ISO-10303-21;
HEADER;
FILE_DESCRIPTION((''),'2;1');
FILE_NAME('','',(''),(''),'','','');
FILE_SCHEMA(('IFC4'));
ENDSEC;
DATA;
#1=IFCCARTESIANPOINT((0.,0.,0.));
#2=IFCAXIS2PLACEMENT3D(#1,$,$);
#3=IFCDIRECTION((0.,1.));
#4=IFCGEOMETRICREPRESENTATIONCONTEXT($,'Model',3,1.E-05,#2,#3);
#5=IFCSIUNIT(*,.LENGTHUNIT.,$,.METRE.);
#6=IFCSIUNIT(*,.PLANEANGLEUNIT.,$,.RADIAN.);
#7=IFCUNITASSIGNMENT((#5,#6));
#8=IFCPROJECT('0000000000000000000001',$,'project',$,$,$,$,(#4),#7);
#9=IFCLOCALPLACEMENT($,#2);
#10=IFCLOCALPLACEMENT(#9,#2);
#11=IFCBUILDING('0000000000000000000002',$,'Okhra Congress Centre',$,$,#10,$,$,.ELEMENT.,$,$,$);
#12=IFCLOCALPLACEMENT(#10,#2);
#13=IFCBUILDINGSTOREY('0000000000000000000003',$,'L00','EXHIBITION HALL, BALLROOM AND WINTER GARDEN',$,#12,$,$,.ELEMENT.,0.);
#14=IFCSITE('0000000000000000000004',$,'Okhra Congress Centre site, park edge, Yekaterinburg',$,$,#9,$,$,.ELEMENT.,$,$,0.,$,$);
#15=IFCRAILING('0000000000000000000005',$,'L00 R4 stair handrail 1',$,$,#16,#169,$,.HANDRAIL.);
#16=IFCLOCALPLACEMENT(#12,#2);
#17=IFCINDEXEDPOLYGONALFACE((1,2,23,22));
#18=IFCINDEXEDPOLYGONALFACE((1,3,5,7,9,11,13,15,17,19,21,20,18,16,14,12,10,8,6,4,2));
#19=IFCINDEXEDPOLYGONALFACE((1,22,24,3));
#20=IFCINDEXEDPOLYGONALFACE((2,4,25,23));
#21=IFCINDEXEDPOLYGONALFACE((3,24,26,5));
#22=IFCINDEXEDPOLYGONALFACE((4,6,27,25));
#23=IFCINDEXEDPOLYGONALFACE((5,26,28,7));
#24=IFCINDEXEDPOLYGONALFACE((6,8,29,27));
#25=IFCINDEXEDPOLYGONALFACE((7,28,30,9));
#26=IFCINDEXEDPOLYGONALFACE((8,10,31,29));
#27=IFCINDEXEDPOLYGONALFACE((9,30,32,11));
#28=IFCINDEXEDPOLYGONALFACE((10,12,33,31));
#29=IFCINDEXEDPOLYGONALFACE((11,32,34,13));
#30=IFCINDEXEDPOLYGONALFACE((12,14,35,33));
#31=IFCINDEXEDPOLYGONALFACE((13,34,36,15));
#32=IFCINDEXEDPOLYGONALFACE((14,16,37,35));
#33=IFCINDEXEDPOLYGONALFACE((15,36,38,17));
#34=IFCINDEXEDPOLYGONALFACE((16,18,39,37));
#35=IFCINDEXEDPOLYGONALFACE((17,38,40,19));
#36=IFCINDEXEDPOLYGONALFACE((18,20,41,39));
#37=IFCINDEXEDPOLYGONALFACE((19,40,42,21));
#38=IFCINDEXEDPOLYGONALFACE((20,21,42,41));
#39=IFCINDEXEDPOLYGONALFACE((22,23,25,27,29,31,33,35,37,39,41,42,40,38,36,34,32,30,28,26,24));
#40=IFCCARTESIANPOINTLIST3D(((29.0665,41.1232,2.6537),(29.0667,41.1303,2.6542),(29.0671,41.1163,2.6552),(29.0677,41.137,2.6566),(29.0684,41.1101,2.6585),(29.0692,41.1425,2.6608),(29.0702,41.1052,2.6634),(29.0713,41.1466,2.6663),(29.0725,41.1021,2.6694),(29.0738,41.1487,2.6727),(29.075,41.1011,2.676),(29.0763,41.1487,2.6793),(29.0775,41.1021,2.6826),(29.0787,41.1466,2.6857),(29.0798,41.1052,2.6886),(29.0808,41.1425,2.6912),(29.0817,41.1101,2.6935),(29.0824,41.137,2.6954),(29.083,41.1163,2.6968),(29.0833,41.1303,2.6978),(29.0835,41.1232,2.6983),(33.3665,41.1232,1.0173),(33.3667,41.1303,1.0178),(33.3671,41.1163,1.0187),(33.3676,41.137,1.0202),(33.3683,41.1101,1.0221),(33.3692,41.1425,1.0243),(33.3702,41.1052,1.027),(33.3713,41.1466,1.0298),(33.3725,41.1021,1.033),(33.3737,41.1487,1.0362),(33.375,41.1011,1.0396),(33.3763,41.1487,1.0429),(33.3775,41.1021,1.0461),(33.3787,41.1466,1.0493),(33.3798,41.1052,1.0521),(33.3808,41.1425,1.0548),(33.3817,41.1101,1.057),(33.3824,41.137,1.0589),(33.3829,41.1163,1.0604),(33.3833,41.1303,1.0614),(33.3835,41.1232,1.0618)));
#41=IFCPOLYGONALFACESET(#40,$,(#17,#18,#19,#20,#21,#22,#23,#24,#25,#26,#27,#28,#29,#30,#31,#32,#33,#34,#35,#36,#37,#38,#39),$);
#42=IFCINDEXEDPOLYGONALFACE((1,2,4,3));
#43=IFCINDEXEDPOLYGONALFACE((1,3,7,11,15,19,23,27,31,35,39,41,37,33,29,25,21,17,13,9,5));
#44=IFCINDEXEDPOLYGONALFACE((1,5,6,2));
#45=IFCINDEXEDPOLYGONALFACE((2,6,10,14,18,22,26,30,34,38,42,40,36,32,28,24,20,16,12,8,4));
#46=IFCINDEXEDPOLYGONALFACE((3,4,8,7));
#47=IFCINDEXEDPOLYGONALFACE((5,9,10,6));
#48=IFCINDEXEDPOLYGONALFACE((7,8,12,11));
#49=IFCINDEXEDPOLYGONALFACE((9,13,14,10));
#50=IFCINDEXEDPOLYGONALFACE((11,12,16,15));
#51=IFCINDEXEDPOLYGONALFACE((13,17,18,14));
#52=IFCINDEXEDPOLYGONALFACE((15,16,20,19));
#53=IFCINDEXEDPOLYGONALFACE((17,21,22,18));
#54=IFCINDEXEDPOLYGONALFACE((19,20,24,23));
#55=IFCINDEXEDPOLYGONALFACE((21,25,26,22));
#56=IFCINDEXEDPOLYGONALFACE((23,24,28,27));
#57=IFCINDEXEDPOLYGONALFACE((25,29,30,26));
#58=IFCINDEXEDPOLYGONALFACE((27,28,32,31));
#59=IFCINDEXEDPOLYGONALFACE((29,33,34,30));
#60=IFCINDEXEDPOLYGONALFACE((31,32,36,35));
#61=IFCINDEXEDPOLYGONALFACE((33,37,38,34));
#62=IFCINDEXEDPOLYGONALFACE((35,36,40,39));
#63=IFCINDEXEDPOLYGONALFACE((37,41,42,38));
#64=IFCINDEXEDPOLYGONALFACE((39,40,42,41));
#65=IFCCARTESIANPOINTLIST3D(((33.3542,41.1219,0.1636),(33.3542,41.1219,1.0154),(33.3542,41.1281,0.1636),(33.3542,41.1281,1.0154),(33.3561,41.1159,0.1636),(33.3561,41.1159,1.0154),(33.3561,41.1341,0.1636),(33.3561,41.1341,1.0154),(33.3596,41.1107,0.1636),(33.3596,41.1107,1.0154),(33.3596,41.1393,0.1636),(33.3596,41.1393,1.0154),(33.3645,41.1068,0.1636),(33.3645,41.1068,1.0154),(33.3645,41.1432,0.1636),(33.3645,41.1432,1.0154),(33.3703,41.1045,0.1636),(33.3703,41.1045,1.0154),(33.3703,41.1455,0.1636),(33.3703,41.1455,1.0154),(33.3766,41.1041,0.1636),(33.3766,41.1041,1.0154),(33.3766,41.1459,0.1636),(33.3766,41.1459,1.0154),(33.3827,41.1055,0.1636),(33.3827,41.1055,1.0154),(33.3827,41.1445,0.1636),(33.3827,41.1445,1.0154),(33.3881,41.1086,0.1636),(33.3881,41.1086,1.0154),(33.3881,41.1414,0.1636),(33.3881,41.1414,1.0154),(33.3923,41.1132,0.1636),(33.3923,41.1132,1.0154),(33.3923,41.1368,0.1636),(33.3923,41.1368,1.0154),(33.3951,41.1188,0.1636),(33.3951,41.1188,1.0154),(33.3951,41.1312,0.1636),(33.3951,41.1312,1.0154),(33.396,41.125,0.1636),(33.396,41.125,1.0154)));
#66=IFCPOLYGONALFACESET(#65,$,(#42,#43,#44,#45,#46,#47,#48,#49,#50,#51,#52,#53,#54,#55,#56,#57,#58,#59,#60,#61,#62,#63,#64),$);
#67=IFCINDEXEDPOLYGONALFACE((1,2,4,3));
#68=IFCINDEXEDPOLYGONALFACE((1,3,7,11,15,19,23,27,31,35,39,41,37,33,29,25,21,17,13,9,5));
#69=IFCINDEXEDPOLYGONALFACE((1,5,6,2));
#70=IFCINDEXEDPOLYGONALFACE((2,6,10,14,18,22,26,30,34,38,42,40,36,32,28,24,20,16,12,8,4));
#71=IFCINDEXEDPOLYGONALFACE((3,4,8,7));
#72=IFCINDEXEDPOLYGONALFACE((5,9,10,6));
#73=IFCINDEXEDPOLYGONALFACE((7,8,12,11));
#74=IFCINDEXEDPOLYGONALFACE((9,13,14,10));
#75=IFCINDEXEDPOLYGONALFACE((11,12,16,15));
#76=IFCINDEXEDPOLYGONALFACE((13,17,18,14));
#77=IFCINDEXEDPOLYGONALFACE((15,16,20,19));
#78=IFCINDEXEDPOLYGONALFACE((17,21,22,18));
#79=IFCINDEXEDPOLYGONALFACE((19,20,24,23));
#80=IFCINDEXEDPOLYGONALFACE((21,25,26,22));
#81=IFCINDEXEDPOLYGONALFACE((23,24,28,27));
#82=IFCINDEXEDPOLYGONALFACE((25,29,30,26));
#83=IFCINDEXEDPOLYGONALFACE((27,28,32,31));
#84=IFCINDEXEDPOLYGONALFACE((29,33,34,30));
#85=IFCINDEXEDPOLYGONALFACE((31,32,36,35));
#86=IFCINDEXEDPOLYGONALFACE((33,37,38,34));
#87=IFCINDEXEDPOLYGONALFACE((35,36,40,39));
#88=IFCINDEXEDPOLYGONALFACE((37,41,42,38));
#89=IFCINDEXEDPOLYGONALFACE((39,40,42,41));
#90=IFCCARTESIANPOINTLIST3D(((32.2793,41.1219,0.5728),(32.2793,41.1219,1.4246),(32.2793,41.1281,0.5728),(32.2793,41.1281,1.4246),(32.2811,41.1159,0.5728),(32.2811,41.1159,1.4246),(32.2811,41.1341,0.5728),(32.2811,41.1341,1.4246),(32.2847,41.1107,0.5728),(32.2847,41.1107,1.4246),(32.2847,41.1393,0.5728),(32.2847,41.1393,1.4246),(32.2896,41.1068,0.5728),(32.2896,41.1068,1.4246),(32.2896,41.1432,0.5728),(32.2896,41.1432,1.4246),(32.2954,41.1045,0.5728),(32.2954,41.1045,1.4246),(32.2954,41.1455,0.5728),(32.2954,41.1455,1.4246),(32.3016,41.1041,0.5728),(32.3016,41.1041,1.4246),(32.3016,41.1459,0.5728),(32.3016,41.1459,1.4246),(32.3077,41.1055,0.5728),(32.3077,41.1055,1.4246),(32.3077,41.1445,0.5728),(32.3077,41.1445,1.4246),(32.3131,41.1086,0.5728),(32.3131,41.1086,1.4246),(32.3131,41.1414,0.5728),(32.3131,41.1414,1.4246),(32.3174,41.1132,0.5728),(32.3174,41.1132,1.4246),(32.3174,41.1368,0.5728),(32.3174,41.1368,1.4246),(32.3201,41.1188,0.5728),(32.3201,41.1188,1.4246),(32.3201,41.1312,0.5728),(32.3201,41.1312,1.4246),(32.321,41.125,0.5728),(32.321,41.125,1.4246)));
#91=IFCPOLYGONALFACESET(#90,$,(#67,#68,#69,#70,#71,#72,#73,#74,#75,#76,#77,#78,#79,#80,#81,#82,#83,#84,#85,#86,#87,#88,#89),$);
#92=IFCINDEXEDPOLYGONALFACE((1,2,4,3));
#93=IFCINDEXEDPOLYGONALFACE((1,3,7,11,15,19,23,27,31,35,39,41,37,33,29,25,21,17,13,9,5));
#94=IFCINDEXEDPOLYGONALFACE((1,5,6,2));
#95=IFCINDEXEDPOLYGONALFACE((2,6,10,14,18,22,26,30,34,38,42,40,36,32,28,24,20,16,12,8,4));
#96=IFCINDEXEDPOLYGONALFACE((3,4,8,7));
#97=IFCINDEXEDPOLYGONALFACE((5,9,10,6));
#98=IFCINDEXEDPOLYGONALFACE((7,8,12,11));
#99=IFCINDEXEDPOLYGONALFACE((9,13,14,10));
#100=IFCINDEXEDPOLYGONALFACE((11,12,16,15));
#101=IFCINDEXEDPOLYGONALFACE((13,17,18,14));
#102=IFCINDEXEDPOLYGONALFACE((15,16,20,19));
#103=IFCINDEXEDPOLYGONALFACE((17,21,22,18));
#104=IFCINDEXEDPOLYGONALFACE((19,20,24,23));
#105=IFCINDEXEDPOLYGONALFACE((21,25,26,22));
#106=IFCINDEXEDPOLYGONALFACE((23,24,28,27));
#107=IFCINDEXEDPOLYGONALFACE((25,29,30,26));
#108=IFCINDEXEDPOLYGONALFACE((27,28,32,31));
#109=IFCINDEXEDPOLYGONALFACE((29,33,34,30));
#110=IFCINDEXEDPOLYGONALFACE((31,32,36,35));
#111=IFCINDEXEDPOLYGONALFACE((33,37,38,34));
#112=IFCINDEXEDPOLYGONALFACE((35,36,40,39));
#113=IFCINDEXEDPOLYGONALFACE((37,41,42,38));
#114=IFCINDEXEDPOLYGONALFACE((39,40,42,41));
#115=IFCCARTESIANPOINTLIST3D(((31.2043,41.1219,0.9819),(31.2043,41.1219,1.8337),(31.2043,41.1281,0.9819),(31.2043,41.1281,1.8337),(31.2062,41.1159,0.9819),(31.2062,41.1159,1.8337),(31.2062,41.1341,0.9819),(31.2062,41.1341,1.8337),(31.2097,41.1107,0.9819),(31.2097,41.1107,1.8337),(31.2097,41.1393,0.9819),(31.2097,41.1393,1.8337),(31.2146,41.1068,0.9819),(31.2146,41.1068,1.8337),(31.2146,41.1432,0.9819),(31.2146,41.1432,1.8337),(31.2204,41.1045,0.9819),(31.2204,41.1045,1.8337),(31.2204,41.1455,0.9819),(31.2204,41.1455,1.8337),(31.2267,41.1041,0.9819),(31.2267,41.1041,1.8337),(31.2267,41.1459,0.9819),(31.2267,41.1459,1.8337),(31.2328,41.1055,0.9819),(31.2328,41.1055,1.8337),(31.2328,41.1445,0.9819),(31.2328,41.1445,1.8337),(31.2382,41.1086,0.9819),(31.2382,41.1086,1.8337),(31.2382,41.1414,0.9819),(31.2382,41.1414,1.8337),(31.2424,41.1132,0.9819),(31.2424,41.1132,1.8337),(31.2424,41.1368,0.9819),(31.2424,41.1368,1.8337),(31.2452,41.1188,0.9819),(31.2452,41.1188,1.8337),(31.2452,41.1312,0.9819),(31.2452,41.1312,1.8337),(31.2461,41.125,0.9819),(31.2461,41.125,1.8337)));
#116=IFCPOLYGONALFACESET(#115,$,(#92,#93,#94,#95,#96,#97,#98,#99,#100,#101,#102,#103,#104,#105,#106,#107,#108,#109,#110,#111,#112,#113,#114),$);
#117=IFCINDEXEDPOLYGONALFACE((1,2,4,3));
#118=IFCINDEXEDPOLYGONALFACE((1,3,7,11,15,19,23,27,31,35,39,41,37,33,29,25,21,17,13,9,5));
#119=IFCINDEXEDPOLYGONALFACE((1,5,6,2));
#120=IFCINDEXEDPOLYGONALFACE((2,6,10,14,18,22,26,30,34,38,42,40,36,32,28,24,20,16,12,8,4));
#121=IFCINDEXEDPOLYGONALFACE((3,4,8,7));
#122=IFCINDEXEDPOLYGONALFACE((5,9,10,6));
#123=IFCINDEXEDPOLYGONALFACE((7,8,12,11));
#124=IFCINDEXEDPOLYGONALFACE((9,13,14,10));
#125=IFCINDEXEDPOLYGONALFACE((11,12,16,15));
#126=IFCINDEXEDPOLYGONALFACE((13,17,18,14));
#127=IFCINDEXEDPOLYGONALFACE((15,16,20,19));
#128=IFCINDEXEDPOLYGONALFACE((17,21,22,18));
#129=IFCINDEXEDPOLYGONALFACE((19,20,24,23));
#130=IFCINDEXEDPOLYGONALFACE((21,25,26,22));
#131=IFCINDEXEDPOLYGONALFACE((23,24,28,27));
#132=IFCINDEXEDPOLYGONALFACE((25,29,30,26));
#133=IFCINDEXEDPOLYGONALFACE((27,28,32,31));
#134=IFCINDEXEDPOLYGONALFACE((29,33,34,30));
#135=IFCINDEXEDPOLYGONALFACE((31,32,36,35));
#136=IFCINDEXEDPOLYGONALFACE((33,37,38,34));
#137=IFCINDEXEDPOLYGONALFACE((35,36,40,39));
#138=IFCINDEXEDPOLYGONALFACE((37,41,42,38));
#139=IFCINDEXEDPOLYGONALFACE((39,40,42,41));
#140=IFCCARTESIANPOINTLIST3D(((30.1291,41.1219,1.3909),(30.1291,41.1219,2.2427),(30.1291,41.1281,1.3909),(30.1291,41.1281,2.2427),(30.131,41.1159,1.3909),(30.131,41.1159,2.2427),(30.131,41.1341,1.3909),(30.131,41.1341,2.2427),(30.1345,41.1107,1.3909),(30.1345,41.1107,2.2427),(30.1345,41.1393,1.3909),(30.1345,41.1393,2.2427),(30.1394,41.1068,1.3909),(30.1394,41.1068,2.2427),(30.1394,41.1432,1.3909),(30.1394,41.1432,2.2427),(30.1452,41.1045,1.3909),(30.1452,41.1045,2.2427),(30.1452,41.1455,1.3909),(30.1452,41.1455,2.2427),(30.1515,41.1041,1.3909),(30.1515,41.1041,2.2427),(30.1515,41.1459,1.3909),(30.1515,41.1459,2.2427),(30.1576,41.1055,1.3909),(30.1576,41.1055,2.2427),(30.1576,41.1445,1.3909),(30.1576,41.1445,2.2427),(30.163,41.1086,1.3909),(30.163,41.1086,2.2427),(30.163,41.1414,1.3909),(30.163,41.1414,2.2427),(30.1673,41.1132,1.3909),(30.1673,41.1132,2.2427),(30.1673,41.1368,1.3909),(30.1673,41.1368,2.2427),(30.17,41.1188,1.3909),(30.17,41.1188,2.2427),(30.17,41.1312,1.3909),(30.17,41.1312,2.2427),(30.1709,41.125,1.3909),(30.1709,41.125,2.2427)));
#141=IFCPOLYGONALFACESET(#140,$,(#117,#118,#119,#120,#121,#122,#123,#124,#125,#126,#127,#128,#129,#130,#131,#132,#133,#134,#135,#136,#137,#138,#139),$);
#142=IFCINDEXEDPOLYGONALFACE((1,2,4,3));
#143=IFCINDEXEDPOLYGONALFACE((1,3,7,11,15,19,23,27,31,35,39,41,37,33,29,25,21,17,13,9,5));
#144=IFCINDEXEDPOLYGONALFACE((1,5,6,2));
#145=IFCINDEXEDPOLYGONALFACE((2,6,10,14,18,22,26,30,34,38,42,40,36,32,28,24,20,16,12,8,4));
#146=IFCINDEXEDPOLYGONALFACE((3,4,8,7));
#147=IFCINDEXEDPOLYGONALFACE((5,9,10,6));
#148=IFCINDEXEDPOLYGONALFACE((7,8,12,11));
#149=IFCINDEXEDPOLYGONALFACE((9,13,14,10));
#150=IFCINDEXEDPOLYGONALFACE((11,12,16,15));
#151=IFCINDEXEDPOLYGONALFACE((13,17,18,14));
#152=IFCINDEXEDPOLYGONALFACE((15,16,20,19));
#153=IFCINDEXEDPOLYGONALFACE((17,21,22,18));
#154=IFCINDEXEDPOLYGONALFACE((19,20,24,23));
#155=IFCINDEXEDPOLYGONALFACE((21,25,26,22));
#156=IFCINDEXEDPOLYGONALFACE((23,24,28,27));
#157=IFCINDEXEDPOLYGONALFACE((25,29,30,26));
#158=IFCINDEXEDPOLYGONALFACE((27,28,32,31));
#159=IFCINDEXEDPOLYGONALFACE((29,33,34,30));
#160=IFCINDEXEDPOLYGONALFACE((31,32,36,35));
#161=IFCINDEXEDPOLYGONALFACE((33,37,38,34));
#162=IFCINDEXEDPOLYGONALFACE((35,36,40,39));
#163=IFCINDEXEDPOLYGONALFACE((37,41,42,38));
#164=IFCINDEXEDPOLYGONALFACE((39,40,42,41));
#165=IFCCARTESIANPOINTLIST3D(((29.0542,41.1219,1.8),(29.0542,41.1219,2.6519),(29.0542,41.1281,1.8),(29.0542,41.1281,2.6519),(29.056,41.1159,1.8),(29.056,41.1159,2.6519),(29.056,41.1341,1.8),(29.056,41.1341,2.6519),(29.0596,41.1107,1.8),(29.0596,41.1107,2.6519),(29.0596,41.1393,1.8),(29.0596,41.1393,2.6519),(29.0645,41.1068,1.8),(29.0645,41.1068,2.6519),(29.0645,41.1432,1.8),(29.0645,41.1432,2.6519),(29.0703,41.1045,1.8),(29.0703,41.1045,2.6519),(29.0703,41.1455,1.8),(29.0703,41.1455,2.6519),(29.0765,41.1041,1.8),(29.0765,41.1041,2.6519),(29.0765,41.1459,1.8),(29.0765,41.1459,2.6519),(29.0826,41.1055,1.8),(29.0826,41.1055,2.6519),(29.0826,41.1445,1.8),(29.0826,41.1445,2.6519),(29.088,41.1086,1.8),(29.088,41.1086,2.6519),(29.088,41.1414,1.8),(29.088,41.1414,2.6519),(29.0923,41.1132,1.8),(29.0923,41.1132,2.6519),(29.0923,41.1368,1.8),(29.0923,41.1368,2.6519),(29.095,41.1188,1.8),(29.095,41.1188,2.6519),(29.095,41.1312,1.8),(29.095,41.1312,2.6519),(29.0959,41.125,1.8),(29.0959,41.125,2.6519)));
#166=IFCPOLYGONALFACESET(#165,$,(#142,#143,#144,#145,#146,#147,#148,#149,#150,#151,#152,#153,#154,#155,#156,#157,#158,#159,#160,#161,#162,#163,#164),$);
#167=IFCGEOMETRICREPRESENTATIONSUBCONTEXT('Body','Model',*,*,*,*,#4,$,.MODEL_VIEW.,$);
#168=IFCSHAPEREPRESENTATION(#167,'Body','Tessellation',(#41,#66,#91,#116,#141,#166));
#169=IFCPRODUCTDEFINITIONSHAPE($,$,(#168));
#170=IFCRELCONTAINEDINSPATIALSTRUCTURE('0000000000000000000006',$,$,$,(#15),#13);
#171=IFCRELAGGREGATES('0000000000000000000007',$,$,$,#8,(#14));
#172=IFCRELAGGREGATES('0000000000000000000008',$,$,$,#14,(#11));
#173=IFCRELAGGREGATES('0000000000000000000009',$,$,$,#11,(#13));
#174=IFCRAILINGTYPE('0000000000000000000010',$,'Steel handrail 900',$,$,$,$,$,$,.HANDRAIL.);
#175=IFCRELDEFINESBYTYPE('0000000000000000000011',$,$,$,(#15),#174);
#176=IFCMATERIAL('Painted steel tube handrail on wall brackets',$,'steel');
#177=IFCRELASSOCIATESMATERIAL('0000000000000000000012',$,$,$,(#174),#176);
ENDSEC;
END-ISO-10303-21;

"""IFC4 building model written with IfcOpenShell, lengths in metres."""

from ifc_helpers import new_model, si_unit, direction, frame, origin, origin_2d, place, context, subcontext, project, spatial, circle, extrude, material, type_object, element, save


model = new_model("IFC4")

# Units and contexts
model_context = context("Model", 3, precision=1e-05, world=origin(), true_north=direction((0.0, 1.0)))
body_context = subcontext(model_context, "Body", "Model", "MODEL_VIEW")
ifc_project = project(units=[si_unit("LENGTHUNIT", "METRE"), si_unit("PLANEANGLEUNIT", "RADIAN")], contexts=[model_context])

# Site, building, storey
site_placement = place(None, origin())
site = spatial("IfcSite", under=ifc_project, at=site_placement, Name="Okhra Congress Centre site, park edge, Yekaterinburg", CompositionType="ELEMENT", RefElevation=0.0)
building_placement = place(site_placement, origin())
building = spatial("IfcBuilding", under=site, at=building_placement, Name="Okhra Congress Centre", CompositionType="ELEMENT")
storey_placement = place(building_placement, origin())
storey = spatial("IfcBuildingStorey", under=building, at=storey_placement, Name="L00", Description="EXHIBITION HALL, BALLROOM AND WINTER GARDEN", CompositionType="ELEMENT", Elevation=0.0)

# Railing
ifc_material_1 = material(Name="Painted steel tube handrail on wall brackets", Category="steel")
railing_type_1 = type_object("IfcRailingType", Name="Steel handrail 900", PredefinedType="HANDRAIL", material=ifc_material_1)
railing_1_placement = place(storey_placement, frame((33.375, 41.125, 0.1636)))
element("IfcRailing", 1, at=railing_1_placement, inside=storey, type_object=railing_type_1, Name="L00 R4 stair handrail 1", PredefinedType="HANDRAIL", context=body_context, shape_type="SweptSolid", body=[
    extrude(circle(Radius=0.0239, at=origin_2d()), frame((0.0, 0.0, 0.876), z_axis=(-0.934606, 0.0, 0.355684), x_axis=(0.0, -1.0, 0.0)), (0.0, 0.0, 1.0), 4.6008),
    extrude(circle(Radius=0.021, at=origin_2d()), origin(), (0.0, 0.0, 1.0), 0.8518),
    extrude(circle(Radius=0.021, at=origin_2d()), frame((-1.075, 0.0, 0.4092)), (0.0, 0.0, 1.0), 0.8518),
    extrude(circle(Radius=0.021, at=origin_2d()), frame((-2.1499, 0.0, 0.8184)), (0.0, 0.0, 1.0), 0.8518),
    extrude(circle(Radius=0.021, at=origin_2d()), frame((-3.2251, 0.0, 1.2273)), (0.0, 0.0, 1.0), 0.8518),
    extrude(circle(Radius=0.021, at=origin_2d()), frame((-4.3, 0.0, 1.6365)), (0.0, 0.0, 1.0), 0.8518),
])

save(model, "model.ifc")
